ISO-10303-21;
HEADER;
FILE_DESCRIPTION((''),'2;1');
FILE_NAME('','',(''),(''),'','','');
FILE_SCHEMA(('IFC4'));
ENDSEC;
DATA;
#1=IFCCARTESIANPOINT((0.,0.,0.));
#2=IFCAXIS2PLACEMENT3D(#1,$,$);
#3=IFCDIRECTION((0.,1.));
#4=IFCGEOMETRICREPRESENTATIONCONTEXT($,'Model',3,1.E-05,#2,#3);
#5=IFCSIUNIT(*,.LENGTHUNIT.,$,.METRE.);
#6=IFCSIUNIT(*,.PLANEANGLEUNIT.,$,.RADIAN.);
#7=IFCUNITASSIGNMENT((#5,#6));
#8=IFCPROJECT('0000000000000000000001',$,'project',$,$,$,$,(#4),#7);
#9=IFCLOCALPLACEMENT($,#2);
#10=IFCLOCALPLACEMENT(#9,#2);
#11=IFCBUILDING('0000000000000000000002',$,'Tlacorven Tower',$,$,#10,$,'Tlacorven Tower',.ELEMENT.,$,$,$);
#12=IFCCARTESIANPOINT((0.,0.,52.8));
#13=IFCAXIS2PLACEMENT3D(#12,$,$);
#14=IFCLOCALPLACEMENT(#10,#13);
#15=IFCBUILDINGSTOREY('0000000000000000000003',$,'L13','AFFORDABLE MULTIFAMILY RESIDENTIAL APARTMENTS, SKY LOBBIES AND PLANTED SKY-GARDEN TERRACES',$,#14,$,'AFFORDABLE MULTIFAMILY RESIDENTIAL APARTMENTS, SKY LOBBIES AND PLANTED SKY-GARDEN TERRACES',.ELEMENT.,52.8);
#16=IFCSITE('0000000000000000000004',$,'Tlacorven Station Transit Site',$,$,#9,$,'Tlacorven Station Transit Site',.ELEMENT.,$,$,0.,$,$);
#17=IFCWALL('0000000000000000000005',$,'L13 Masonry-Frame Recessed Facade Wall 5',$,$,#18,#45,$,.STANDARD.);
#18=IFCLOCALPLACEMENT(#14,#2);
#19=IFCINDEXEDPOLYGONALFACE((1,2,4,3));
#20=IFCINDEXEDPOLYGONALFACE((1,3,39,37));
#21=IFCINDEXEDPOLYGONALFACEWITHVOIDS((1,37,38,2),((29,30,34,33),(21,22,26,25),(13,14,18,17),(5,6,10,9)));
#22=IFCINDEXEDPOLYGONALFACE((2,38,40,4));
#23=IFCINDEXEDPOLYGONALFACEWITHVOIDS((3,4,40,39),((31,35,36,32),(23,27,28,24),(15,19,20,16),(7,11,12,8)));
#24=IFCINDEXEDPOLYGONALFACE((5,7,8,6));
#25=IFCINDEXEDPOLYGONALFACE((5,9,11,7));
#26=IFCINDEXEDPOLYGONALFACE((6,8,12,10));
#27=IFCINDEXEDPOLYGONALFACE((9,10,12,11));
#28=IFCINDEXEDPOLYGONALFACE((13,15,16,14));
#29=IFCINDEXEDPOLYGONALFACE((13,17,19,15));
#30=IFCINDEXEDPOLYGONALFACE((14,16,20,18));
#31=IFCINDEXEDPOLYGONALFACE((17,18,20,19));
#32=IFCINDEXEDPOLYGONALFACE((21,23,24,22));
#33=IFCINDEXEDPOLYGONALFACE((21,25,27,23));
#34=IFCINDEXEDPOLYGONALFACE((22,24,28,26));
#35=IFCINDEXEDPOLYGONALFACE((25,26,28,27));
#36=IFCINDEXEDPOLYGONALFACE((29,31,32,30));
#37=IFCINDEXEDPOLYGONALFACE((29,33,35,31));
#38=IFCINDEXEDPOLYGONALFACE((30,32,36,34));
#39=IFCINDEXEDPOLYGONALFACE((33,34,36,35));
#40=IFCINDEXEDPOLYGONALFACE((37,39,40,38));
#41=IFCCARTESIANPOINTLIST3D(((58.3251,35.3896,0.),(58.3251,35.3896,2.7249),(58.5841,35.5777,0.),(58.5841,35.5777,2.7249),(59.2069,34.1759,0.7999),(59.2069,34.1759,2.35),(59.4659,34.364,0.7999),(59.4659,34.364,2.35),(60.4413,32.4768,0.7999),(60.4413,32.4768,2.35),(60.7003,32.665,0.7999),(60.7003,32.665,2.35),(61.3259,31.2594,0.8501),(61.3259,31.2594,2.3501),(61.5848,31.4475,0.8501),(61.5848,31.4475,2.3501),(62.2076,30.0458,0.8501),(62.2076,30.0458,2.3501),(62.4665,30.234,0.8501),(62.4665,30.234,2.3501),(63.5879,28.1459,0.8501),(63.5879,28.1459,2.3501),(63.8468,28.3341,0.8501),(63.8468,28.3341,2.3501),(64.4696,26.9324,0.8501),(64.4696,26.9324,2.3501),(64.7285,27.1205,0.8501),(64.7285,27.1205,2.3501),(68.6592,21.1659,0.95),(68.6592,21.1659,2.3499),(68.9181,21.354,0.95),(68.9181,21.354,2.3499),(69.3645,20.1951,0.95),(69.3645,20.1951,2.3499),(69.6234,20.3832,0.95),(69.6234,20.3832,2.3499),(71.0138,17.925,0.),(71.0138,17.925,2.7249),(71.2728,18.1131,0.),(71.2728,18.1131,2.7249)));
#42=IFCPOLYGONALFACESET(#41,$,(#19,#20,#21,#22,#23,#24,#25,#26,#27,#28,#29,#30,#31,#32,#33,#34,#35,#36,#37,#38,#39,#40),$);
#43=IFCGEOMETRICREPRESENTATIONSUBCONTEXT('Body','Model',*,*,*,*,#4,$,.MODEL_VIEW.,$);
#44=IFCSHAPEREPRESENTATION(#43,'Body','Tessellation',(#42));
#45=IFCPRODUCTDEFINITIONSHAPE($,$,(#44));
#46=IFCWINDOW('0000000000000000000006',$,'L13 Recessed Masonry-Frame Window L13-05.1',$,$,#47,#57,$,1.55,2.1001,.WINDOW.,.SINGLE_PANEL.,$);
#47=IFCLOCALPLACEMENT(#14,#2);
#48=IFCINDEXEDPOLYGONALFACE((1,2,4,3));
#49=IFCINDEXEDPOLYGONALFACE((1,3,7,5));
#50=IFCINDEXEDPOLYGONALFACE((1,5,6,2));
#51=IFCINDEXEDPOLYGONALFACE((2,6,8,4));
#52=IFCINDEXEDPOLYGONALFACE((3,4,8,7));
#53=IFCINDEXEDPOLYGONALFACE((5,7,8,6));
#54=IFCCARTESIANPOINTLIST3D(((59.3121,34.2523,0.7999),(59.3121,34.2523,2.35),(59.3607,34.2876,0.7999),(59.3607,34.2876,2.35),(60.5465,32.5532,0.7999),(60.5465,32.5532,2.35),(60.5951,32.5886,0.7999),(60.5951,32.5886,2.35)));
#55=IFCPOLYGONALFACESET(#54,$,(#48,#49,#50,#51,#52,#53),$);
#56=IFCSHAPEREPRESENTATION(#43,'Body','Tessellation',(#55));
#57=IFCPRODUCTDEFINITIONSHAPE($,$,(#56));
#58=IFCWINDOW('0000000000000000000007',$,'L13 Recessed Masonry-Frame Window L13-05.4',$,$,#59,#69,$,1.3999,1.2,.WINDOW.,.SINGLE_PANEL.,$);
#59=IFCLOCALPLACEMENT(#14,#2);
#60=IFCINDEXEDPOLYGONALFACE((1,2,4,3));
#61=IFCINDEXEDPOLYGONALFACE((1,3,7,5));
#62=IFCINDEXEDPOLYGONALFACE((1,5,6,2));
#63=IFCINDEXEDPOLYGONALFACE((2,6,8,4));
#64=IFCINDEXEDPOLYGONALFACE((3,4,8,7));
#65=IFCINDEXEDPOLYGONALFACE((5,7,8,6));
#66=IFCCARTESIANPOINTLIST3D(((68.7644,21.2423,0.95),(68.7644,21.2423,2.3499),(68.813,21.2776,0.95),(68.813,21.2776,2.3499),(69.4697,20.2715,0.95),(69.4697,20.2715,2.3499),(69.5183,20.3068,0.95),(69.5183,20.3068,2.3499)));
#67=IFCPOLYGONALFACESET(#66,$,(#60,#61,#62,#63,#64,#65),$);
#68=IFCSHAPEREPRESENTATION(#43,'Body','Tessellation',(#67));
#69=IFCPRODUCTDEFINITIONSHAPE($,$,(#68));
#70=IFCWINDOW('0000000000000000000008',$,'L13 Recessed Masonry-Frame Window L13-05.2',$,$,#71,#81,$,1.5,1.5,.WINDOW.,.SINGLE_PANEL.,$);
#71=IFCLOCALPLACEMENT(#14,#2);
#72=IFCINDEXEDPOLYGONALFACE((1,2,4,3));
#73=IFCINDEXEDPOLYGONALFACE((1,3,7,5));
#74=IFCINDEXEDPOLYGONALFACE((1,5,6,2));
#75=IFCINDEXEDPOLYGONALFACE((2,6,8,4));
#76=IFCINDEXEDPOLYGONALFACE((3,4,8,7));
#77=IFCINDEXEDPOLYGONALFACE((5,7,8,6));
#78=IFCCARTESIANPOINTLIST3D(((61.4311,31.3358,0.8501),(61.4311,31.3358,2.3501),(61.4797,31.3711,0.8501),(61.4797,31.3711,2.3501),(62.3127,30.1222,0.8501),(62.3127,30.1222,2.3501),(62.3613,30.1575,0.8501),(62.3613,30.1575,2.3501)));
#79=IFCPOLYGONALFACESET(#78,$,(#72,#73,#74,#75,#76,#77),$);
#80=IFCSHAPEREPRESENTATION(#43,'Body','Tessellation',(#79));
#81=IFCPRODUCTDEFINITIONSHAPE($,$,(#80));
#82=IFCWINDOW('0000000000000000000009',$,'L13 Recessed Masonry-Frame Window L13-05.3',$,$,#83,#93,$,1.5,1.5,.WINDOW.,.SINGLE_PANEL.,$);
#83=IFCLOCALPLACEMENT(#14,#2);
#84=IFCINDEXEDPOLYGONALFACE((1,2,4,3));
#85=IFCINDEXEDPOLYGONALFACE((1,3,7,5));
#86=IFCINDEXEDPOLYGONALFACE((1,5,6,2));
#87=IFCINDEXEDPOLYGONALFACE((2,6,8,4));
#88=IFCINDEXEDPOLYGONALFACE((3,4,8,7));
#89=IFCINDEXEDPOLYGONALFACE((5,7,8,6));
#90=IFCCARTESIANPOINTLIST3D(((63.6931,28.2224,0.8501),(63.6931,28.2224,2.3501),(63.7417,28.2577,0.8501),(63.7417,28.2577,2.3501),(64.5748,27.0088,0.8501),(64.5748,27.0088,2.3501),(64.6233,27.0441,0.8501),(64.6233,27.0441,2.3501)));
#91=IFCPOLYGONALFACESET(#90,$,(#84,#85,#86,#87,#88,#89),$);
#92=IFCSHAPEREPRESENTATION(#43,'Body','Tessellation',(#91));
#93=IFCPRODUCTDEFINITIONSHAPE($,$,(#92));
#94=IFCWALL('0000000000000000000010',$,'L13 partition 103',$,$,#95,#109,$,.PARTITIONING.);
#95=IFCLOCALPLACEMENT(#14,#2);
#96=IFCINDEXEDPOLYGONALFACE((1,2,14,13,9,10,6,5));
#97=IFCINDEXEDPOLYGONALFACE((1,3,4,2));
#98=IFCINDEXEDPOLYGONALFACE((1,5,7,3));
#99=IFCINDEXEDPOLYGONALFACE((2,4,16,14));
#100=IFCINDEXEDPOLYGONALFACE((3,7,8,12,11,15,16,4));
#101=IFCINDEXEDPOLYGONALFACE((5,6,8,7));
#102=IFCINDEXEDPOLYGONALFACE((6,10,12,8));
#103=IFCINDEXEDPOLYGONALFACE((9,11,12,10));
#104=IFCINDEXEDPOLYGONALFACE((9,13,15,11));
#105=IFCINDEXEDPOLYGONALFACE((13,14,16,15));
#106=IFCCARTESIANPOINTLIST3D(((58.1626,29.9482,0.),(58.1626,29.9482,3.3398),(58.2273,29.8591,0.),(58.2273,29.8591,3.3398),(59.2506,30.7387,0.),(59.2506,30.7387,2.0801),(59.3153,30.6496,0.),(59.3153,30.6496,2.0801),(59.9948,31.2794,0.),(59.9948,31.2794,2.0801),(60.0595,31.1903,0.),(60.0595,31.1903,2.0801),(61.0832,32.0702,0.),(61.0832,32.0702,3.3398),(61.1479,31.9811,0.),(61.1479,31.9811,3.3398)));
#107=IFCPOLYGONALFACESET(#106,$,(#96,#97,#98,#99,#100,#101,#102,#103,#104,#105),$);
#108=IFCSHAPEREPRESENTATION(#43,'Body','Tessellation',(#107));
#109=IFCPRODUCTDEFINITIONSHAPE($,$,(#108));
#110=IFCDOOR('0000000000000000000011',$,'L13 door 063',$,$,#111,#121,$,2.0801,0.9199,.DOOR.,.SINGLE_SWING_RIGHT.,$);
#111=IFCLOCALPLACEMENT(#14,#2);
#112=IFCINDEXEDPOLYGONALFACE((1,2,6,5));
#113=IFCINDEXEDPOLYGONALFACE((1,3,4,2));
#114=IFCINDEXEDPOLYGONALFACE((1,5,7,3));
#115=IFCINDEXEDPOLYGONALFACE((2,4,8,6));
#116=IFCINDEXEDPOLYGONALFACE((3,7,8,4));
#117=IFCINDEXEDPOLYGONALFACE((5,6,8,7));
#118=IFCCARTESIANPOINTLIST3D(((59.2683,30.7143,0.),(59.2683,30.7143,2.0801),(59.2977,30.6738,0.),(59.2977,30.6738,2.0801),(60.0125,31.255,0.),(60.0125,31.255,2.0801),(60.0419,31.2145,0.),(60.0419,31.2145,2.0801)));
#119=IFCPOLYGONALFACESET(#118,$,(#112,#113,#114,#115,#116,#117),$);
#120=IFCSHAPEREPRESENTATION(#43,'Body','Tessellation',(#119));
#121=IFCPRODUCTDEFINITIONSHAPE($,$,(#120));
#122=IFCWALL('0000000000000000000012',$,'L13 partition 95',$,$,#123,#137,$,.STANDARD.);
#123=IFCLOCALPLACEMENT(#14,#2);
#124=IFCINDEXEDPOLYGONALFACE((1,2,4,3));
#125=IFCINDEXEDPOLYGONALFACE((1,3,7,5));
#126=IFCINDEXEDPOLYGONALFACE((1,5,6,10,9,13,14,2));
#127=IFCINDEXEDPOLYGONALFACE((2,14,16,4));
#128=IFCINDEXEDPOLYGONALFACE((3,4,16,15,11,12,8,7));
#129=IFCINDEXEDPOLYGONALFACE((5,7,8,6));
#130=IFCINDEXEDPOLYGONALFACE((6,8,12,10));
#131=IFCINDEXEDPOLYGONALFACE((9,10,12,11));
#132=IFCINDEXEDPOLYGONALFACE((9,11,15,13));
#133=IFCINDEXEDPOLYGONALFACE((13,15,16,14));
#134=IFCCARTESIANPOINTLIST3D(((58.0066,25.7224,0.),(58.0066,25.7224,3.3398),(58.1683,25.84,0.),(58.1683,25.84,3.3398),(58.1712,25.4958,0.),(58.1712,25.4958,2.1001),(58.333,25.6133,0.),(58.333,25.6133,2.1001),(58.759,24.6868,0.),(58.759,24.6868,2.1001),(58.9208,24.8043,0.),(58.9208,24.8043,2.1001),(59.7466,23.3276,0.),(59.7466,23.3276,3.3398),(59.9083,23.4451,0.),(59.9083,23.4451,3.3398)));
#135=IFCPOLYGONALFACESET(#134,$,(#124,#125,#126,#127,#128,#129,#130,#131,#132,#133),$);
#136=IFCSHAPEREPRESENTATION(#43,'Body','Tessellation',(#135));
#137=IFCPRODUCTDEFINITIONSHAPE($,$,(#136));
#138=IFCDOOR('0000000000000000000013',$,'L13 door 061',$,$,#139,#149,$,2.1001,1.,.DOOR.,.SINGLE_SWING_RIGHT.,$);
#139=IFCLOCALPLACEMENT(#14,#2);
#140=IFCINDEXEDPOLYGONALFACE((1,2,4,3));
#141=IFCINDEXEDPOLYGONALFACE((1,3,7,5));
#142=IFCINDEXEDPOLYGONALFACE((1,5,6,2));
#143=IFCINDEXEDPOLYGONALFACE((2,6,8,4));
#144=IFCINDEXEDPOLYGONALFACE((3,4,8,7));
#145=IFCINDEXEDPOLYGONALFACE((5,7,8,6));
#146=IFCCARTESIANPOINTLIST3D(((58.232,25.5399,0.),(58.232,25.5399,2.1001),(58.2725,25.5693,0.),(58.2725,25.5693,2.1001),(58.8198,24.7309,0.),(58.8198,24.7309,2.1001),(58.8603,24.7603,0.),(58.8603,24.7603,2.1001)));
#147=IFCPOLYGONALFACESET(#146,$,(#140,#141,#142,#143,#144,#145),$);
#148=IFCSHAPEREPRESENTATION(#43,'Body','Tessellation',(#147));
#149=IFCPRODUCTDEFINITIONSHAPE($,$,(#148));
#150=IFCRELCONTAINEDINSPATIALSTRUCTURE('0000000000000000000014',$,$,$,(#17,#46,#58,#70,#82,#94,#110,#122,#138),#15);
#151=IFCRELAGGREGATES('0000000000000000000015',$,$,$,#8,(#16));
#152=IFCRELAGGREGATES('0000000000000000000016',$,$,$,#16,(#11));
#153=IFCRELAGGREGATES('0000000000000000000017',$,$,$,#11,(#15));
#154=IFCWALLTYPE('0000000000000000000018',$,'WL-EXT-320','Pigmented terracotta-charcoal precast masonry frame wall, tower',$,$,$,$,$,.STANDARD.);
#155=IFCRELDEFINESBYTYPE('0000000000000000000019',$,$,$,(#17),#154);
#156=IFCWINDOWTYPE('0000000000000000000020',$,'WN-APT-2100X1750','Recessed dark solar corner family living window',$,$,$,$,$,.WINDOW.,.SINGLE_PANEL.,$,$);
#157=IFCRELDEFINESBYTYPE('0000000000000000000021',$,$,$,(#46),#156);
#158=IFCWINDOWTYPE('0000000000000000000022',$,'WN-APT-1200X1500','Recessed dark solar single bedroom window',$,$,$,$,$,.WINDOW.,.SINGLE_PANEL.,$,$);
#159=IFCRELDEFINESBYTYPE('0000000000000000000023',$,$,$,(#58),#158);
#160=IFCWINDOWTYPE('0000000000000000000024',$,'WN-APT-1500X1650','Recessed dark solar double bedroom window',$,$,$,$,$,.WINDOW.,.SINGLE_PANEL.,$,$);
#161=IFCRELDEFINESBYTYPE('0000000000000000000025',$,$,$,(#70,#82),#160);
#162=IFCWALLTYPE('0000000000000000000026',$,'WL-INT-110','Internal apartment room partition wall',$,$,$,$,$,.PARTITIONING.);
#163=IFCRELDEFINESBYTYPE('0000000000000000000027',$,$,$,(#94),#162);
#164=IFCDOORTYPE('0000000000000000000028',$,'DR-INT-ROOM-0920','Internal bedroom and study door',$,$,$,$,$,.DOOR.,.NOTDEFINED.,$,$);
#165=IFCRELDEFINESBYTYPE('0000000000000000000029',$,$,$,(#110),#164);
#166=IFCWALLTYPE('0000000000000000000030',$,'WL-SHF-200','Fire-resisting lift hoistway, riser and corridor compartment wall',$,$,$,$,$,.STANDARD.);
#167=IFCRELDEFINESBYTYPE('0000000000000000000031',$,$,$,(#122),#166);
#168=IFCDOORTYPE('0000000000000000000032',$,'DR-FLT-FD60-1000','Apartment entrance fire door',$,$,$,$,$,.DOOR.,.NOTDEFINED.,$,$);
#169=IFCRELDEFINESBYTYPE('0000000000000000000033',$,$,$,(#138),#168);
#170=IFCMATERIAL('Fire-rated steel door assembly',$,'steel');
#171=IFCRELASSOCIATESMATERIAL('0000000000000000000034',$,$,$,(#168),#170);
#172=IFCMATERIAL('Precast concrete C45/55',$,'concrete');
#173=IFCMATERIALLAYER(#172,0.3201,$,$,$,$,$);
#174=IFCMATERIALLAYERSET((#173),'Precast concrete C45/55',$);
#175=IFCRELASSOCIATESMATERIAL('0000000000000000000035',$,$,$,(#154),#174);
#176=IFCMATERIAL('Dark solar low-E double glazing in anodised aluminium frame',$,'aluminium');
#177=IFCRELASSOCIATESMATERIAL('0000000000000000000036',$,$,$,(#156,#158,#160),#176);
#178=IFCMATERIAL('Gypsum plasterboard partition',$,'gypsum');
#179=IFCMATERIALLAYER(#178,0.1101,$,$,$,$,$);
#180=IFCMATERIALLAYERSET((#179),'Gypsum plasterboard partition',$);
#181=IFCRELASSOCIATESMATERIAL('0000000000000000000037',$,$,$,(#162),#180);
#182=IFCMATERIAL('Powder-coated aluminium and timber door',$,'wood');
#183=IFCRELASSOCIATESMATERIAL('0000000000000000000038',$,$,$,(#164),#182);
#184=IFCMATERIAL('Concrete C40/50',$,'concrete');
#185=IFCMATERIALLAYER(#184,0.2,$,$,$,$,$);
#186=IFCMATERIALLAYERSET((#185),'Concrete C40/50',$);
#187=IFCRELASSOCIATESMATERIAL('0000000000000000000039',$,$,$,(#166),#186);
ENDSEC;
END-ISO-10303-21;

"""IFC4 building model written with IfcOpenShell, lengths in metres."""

from ifc_helpers import new_model, si_unit, direction, frame, frame_2d, origin, place, context, subcontext, project, spatial, rectangle, extrude, source, transform, mapped, material, layer, layer_set, type_object, element, fill, save


model = new_model("IFC4")

# Units and contexts
model_context = context("Model", 3, precision=1e-05, world=origin(), true_north=direction((0.0, 1.0)))
body_context = subcontext(model_context, "Body", "Model", "MODEL_VIEW")
ifc_project = project(units=[si_unit("LENGTHUNIT", "METRE"), si_unit("PLANEANGLEUNIT", "RADIAN")], contexts=[model_context])

# Site, building, storey
site_placement = place(None, origin())
site = spatial("IfcSite", under=ifc_project, at=site_placement, Name="Tlacorven Station Transit Site", LongName="Tlacorven Station Transit Site", CompositionType="ELEMENT", RefElevation=0.0)
building_placement = place(site_placement, origin())
building = spatial("IfcBuilding", under=site, at=building_placement, Name="Tlacorven Tower", LongName="Tlacorven Tower", CompositionType="ELEMENT")
storey_placement = place(building_placement, frame((0.0, 0.0, 52.8)))
storey = spatial("IfcBuildingStorey", under=building, at=storey_placement, Name="L13", Description="AFFORDABLE MULTIFAMILY RESIDENTIAL APARTMENTS, SKY LOBBIES AND PLANTED SKY-GARDEN TERRACES", LongName="AFFORDABLE MULTIFAMILY RESIDENTIAL APARTMENTS, SKY LOBBIES AND PLANTED SKY-GARDEN TERRACES", CompositionType="ELEMENT", Elevation=52.8)

# Shared definitions
ifc_material_1 = material(Name="Fire-rated steel door assembly", Category="steel")
door_type_1 = type_object("IfcDoorType", Name="DR-FLT-FD60-1000", Description="Apartment entrance fire door", OperationType="NOTDEFINED", PredefinedType="DOOR", material=ifc_material_1)
shared_shape_1 = source(origin(), body_context, "Body", "SweptSolid", [
    extrude(rectangle(XDim=1.0, YDim=2.1001, at=frame_2d((0.5, 1.05))), frame((0.0, 0.0249, 0.0), z_axis=(0.0, -1.0, 0.0), x_axis=(1.0, 0.0, 0.0)), (0.0, 0.0, 1.0), 0.05),
])

# Wall, openings, windows
ifc_material_2 = material(Name="Precast concrete C45/55", Category="concrete")
ifc_layer_1 = layer(ifc_material_2, 0.3201)
ifc_layer_set_1 = layer_set([ifc_layer_1], Name="Precast concrete C45/55")
wall_type_1 = type_object("IfcWallType", Name="WL-EXT-320", Description="Pigmented terracotta-charcoal precast masonry frame wall, tower", PredefinedType="STANDARD", material=ifc_layer_set_1)
wall_1_placement = place(storey_placement, frame((58.4546, 35.4836, 0.0), z_axis=(0.0, 0.0, 1.0), x_axis=(0.587784, -0.809018, 0.0)))
wall_1 = element("IfcWall", 1, at=wall_1_placement, inside=storey, type_object=wall_type_1, Name="L13 Masonry-Frame Recessed Facade Wall 5", PredefinedType="STANDARD", context=body_context, shape_type="SweptSolid", body=[
    extrude(rectangle(XDim=21.5874, YDim=0.3201, at=frame_2d((10.7937, 0.0))), origin(), (0.0, 0.0, 1.0), 2.7249),
])
opening_1_placement = place(wall_1_placement, frame((1.5002, 0.0, 0.8)))
opening_1 = element("IfcOpeningElement", 2, at=opening_1_placement, cuts=wall_1, PredefinedType="OPENING", context=body_context, shape_type="SweptSolid", body=[
    extrude(rectangle(XDim=2.1001, YDim=1.55, at=frame_2d((1.05, 0.7749))), frame((0.0, 0.1699, 0.0), z_axis=(0.0, -1.0, 0.0), x_axis=(1.0, 0.0, 0.0)), (0.0, 0.0, 1.0), 0.3401),
])
opening_2_placement = place(wall_1_placement, frame((5.1052, 0.0, 0.8501)))
opening_2 = element("IfcOpeningElement", 3, at=opening_2_placement, cuts=wall_1, PredefinedType="OPENING", context=body_context, shape_type="SweptSolid", body=[
    extrude(rectangle(XDim=1.5, YDim=1.5, at=frame_2d((0.75, 0.75))), frame((0.0, 0.1699, 0.0), z_axis=(0.0, -1.0, 0.0), x_axis=(1.0, 0.0, 0.0)), (0.0, 0.0, 1.0), 0.3401),
])
opening_3_placement = place(wall_1_placement, frame((8.9536, 0.0, 0.8501)))
opening_3 = element("IfcOpeningElement", 4, at=opening_3_placement, cuts=wall_1, PredefinedType="OPENING", context=body_context, shape_type="SweptSolid", body=[
    extrude(rectangle(XDim=1.5, YDim=1.5, at=frame_2d((0.75, 0.75))), frame((0.0, 0.1699, 0.0), z_axis=(0.0, -1.0, 0.0), x_axis=(1.0, 0.0, 0.0)), (0.0, 0.0, 1.0), 0.3401),
])
opening_4_placement = place(wall_1_placement, frame((17.5813, 0.0, 0.95)))
opening_4 = element("IfcOpeningElement", 5, at=opening_4_placement, cuts=wall_1, PredefinedType="OPENING", context=body_context, shape_type="SweptSolid", body=[
    extrude(rectangle(XDim=1.2, YDim=1.3999, at=frame_2d((0.6001, 0.7))), frame((0.0, 0.1699, 0.0), z_axis=(0.0, -1.0, 0.0), x_axis=(1.0, 0.0, 0.0)), (0.0, 0.0, 1.0), 0.3401),
])
ifc_material_3 = material(Name="Dark solar low-E double glazing in anodised aluminium frame", Category="aluminium")
window_type_1 = type_object("IfcWindowType", Name="WN-APT-2100X1750", Description="Recessed dark solar corner family living window", PartitioningType="SINGLE_PANEL", PredefinedType="WINDOW", material=ifc_material_3)
shared_shape_2 = source(origin(), body_context, "Body", "SweptSolid", [
    extrude(rectangle(XDim=2.1001, YDim=1.55, at=frame_2d((1.05, 0.7749))), frame((0.0, 0.03, 0.0), z_axis=(0.0, -1.0, 0.0), x_axis=(1.0, 0.0, 0.0)), (0.0, 0.0, 1.0), 0.0601),
])
window_1_placement = place(opening_1_placement, origin())
window_1 = element("IfcWindow", 6, at=window_1_placement, inside=storey, type_object=window_type_1, Name="L13 Recessed Masonry-Frame Window L13-05.1", OverallHeight=1.55, OverallWidth=2.1001, PartitioningType="SINGLE_PANEL", PredefinedType="WINDOW", context=body_context, shape_type="MappedRepresentation", body=[
    mapped(shared_shape_2, transform((0.0, 0.0, 0.0), scale=1.0)),
])
fill(opening_1, window_1)
window_type_2 = type_object("IfcWindowType", Name="WN-APT-1200X1500", Description="Recessed dark solar single bedroom window", PartitioningType="SINGLE_PANEL", PredefinedType="WINDOW", material=ifc_material_3)
shared_shape_3 = source(origin(), body_context, "Body", "SweptSolid", [
    extrude(rectangle(XDim=1.2, YDim=1.3999, at=frame_2d((0.6001, 0.7))), frame((0.0, 0.03, 0.0), z_axis=(0.0, -1.0, 0.0), x_axis=(1.0, 0.0, 0.0)), (0.0, 0.0, 1.0), 0.0601),
])
window_2_placement = place(opening_4_placement, origin())
window_2 = element("IfcWindow", 7, at=window_2_placement, inside=storey, type_object=window_type_2, Name="L13 Recessed Masonry-Frame Window L13-05.4", OverallHeight=1.3999, OverallWidth=1.2, PartitioningType="SINGLE_PANEL", PredefinedType="WINDOW", context=body_context, shape_type="MappedRepresentation", body=[
    mapped(shared_shape_3, transform((0.0, 0.0, 0.0), scale=1.0)),
])
fill(opening_4, window_2)
window_type_3 = type_object("IfcWindowType", Name="WN-APT-1500X1650", Description="Recessed dark solar double bedroom window", PartitioningType="SINGLE_PANEL", PredefinedType="WINDOW", material=ifc_material_3)
shared_shape_4 = source(origin(), body_context, "Body", "SweptSolid", [
    extrude(rectangle(XDim=1.5, YDim=1.5, at=frame_2d((0.75, 0.75))), frame((0.0, 0.03, 0.0), z_axis=(0.0, -1.0, 0.0), x_axis=(1.0, 0.0, 0.0)), (0.0, 0.0, 1.0), 0.0601),
])
window_3_placement = place(opening_2_placement, origin())
window_3 = element("IfcWindow", 8, at=window_3_placement, inside=storey, type_object=window_type_3, Name="L13 Recessed Masonry-Frame Window L13-05.2", OverallHeight=1.5, OverallWidth=1.5, PartitioningType="SINGLE_PANEL", PredefinedType="WINDOW", context=body_context, shape_type="MappedRepresentation", body=[
    mapped(shared_shape_4, transform((0.0, 0.0, 0.0), scale=1.0)),
])
fill(opening_2, window_3)
window_4_placement = place(opening_3_placement, origin())
window_4 = element("IfcWindow", 9, at=window_4_placement, inside=storey, type_object=window_type_3, Name="L13 Recessed Masonry-Frame Window L13-05.3", OverallHeight=1.5, OverallWidth=1.5, PartitioningType="SINGLE_PANEL", PredefinedType="WINDOW", context=body_context, shape_type="MappedRepresentation", body=[
    mapped(shared_shape_4, transform((0.0, 0.0, 0.0), scale=1.0)),
])
fill(opening_3, window_4)

# Walls, openings, doors
ifc_material_4 = material(Name="Gypsum plasterboard partition", Category="gypsum")
ifc_layer_2 = layer(ifc_material_4, 0.1101)
ifc_layer_set_2 = layer_set([ifc_layer_2], Name="Gypsum plasterboard partition")
wall_type_2 = type_object("IfcWallType", Name="WL-INT-110", Description="Internal apartment room partition wall", PredefinedType="PARTITIONING", material=ifc_layer_set_2)
wall_2_placement = place(storey_placement, frame((58.1948, 29.9036, 0.0), z_axis=(0.0, 0.0, 1.0), x_axis=(0.809005, 0.587802, 0.0)))
wall_2 = element("IfcWall", 10, at=wall_2_placement, inside=storey, type_object=wall_type_2, Name="L13 partition 103", PredefinedType="PARTITIONING", context=body_context, shape_type="SweptSolid", body=[
    extrude(rectangle(XDim=3.6101, YDim=0.1101, at=frame_2d((1.8052, 0.0))), origin(), (0.0, 0.0, 1.0), 3.3398),
])
opening_5_placement = place(wall_2_placement, frame((1.345, 0.0, 0.0)))
opening_5 = element("IfcOpeningElement", 11, at=opening_5_placement, cuts=wall_2, PredefinedType="OPENING", context=body_context, shape_type="SweptSolid", body=[
    extrude(rectangle(XDim=0.9199, YDim=2.0801, at=frame_2d((0.46, 1.04))), frame((0.0, 0.0649, 0.0), z_axis=(0.0, -1.0, 0.0), x_axis=(1.0, 0.0, 0.0)), (0.0, 0.0, 1.0), 0.1301),
])
ifc_material_5 = material(Name="Powder-coated aluminium and timber door", Category="wood")
door_type_2 = type_object("IfcDoorType", Name="DR-INT-ROOM-0920", Description="Internal bedroom and study door", OperationType="NOTDEFINED", PredefinedType="DOOR", material=ifc_material_5)
shared_shape_5 = source(origin(), body_context, "Body", "SweptSolid", [
    extrude(rectangle(XDim=0.9199, YDim=2.0801, at=frame_2d((0.46, 1.04))), frame((0.0, 0.0249, 0.0), z_axis=(0.0, -1.0, 0.0), x_axis=(1.0, 0.0, 0.0)), (0.0, 0.0, 1.0), 0.05),
])
door_1_placement = place(opening_5_placement, origin())
door_1 = element("IfcDoor", 12, at=door_1_placement, inside=storey, type_object=door_type_2, Name="L13 door 063", OperationType="SINGLE_SWING_RIGHT", OverallHeight=2.0801, OverallWidth=0.9199, PredefinedType="DOOR", context=body_context, shape_type="MappedRepresentation", body=[
    mapped(shared_shape_5, transform((0.0, 0.0, 0.0), scale=1.0)),
])
fill(opening_5, door_1)
ifc_material_6 = material(Name="Concrete C40/50", Category="concrete")
ifc_layer_3 = layer(ifc_material_6, 0.2)
ifc_layer_set_3 = layer_set([ifc_layer_3], Name="Concrete C40/50")
wall_type_3 = type_object("IfcWallType", Name="WL-SHF-200", Description="Fire-resisting lift hoistway, riser and corridor compartment wall", PredefinedType="STANDARD", material=ifc_layer_set_3)
wall_3_placement = place(storey_placement, frame((59.8274, 23.3865, 0.0), z_axis=(0.0, 0.0, 1.0), x_axis=(-0.587804, 0.809003, 0.0)))
wall_3 = element("IfcWall", 13, at=wall_3_placement, inside=storey, type_object=wall_type_3, Name="L13 partition 95", PredefinedType="STANDARD", context=body_context, shape_type="SweptSolid", body=[
    extrude(rectangle(XDim=2.9602, YDim=0.2, at=frame_2d((1.48, 0.0))), origin(), (0.0, 0.0, 1.0), 3.3398),
])
opening_6_placement = place(wall_3_placement, frame((1.6799, 0.0, 0.0)))
opening_6 = element("IfcOpeningElement", 14, at=opening_6_placement, cuts=wall_3, PredefinedType="OPENING", context=body_context, shape_type="SweptSolid", body=[
    extrude(rectangle(XDim=1.0, YDim=2.1001, at=frame_2d((0.5, 1.05))), frame((0.0, 0.1099, 0.0), z_axis=(0.0, -1.0, 0.0), x_axis=(1.0, 0.0, 0.0)), (0.0, 0.0, 1.0), 0.22),
])
door_2_placement = place(opening_6_placement, origin())
door_2 = element("IfcDoor", 15, at=door_2_placement, inside=storey, type_object=door_type_1, Name="L13 door 061", OperationType="SINGLE_SWING_RIGHT", OverallHeight=2.1001, OverallWidth=1.0, PredefinedType="DOOR", context=body_context, shape_type="MappedRepresentation", body=[
    mapped(shared_shape_1, transform((0.0, 0.0, 0.0), scale=1.0)),
])
fill(opening_6, door_2)

save(model, "model.ifc")
